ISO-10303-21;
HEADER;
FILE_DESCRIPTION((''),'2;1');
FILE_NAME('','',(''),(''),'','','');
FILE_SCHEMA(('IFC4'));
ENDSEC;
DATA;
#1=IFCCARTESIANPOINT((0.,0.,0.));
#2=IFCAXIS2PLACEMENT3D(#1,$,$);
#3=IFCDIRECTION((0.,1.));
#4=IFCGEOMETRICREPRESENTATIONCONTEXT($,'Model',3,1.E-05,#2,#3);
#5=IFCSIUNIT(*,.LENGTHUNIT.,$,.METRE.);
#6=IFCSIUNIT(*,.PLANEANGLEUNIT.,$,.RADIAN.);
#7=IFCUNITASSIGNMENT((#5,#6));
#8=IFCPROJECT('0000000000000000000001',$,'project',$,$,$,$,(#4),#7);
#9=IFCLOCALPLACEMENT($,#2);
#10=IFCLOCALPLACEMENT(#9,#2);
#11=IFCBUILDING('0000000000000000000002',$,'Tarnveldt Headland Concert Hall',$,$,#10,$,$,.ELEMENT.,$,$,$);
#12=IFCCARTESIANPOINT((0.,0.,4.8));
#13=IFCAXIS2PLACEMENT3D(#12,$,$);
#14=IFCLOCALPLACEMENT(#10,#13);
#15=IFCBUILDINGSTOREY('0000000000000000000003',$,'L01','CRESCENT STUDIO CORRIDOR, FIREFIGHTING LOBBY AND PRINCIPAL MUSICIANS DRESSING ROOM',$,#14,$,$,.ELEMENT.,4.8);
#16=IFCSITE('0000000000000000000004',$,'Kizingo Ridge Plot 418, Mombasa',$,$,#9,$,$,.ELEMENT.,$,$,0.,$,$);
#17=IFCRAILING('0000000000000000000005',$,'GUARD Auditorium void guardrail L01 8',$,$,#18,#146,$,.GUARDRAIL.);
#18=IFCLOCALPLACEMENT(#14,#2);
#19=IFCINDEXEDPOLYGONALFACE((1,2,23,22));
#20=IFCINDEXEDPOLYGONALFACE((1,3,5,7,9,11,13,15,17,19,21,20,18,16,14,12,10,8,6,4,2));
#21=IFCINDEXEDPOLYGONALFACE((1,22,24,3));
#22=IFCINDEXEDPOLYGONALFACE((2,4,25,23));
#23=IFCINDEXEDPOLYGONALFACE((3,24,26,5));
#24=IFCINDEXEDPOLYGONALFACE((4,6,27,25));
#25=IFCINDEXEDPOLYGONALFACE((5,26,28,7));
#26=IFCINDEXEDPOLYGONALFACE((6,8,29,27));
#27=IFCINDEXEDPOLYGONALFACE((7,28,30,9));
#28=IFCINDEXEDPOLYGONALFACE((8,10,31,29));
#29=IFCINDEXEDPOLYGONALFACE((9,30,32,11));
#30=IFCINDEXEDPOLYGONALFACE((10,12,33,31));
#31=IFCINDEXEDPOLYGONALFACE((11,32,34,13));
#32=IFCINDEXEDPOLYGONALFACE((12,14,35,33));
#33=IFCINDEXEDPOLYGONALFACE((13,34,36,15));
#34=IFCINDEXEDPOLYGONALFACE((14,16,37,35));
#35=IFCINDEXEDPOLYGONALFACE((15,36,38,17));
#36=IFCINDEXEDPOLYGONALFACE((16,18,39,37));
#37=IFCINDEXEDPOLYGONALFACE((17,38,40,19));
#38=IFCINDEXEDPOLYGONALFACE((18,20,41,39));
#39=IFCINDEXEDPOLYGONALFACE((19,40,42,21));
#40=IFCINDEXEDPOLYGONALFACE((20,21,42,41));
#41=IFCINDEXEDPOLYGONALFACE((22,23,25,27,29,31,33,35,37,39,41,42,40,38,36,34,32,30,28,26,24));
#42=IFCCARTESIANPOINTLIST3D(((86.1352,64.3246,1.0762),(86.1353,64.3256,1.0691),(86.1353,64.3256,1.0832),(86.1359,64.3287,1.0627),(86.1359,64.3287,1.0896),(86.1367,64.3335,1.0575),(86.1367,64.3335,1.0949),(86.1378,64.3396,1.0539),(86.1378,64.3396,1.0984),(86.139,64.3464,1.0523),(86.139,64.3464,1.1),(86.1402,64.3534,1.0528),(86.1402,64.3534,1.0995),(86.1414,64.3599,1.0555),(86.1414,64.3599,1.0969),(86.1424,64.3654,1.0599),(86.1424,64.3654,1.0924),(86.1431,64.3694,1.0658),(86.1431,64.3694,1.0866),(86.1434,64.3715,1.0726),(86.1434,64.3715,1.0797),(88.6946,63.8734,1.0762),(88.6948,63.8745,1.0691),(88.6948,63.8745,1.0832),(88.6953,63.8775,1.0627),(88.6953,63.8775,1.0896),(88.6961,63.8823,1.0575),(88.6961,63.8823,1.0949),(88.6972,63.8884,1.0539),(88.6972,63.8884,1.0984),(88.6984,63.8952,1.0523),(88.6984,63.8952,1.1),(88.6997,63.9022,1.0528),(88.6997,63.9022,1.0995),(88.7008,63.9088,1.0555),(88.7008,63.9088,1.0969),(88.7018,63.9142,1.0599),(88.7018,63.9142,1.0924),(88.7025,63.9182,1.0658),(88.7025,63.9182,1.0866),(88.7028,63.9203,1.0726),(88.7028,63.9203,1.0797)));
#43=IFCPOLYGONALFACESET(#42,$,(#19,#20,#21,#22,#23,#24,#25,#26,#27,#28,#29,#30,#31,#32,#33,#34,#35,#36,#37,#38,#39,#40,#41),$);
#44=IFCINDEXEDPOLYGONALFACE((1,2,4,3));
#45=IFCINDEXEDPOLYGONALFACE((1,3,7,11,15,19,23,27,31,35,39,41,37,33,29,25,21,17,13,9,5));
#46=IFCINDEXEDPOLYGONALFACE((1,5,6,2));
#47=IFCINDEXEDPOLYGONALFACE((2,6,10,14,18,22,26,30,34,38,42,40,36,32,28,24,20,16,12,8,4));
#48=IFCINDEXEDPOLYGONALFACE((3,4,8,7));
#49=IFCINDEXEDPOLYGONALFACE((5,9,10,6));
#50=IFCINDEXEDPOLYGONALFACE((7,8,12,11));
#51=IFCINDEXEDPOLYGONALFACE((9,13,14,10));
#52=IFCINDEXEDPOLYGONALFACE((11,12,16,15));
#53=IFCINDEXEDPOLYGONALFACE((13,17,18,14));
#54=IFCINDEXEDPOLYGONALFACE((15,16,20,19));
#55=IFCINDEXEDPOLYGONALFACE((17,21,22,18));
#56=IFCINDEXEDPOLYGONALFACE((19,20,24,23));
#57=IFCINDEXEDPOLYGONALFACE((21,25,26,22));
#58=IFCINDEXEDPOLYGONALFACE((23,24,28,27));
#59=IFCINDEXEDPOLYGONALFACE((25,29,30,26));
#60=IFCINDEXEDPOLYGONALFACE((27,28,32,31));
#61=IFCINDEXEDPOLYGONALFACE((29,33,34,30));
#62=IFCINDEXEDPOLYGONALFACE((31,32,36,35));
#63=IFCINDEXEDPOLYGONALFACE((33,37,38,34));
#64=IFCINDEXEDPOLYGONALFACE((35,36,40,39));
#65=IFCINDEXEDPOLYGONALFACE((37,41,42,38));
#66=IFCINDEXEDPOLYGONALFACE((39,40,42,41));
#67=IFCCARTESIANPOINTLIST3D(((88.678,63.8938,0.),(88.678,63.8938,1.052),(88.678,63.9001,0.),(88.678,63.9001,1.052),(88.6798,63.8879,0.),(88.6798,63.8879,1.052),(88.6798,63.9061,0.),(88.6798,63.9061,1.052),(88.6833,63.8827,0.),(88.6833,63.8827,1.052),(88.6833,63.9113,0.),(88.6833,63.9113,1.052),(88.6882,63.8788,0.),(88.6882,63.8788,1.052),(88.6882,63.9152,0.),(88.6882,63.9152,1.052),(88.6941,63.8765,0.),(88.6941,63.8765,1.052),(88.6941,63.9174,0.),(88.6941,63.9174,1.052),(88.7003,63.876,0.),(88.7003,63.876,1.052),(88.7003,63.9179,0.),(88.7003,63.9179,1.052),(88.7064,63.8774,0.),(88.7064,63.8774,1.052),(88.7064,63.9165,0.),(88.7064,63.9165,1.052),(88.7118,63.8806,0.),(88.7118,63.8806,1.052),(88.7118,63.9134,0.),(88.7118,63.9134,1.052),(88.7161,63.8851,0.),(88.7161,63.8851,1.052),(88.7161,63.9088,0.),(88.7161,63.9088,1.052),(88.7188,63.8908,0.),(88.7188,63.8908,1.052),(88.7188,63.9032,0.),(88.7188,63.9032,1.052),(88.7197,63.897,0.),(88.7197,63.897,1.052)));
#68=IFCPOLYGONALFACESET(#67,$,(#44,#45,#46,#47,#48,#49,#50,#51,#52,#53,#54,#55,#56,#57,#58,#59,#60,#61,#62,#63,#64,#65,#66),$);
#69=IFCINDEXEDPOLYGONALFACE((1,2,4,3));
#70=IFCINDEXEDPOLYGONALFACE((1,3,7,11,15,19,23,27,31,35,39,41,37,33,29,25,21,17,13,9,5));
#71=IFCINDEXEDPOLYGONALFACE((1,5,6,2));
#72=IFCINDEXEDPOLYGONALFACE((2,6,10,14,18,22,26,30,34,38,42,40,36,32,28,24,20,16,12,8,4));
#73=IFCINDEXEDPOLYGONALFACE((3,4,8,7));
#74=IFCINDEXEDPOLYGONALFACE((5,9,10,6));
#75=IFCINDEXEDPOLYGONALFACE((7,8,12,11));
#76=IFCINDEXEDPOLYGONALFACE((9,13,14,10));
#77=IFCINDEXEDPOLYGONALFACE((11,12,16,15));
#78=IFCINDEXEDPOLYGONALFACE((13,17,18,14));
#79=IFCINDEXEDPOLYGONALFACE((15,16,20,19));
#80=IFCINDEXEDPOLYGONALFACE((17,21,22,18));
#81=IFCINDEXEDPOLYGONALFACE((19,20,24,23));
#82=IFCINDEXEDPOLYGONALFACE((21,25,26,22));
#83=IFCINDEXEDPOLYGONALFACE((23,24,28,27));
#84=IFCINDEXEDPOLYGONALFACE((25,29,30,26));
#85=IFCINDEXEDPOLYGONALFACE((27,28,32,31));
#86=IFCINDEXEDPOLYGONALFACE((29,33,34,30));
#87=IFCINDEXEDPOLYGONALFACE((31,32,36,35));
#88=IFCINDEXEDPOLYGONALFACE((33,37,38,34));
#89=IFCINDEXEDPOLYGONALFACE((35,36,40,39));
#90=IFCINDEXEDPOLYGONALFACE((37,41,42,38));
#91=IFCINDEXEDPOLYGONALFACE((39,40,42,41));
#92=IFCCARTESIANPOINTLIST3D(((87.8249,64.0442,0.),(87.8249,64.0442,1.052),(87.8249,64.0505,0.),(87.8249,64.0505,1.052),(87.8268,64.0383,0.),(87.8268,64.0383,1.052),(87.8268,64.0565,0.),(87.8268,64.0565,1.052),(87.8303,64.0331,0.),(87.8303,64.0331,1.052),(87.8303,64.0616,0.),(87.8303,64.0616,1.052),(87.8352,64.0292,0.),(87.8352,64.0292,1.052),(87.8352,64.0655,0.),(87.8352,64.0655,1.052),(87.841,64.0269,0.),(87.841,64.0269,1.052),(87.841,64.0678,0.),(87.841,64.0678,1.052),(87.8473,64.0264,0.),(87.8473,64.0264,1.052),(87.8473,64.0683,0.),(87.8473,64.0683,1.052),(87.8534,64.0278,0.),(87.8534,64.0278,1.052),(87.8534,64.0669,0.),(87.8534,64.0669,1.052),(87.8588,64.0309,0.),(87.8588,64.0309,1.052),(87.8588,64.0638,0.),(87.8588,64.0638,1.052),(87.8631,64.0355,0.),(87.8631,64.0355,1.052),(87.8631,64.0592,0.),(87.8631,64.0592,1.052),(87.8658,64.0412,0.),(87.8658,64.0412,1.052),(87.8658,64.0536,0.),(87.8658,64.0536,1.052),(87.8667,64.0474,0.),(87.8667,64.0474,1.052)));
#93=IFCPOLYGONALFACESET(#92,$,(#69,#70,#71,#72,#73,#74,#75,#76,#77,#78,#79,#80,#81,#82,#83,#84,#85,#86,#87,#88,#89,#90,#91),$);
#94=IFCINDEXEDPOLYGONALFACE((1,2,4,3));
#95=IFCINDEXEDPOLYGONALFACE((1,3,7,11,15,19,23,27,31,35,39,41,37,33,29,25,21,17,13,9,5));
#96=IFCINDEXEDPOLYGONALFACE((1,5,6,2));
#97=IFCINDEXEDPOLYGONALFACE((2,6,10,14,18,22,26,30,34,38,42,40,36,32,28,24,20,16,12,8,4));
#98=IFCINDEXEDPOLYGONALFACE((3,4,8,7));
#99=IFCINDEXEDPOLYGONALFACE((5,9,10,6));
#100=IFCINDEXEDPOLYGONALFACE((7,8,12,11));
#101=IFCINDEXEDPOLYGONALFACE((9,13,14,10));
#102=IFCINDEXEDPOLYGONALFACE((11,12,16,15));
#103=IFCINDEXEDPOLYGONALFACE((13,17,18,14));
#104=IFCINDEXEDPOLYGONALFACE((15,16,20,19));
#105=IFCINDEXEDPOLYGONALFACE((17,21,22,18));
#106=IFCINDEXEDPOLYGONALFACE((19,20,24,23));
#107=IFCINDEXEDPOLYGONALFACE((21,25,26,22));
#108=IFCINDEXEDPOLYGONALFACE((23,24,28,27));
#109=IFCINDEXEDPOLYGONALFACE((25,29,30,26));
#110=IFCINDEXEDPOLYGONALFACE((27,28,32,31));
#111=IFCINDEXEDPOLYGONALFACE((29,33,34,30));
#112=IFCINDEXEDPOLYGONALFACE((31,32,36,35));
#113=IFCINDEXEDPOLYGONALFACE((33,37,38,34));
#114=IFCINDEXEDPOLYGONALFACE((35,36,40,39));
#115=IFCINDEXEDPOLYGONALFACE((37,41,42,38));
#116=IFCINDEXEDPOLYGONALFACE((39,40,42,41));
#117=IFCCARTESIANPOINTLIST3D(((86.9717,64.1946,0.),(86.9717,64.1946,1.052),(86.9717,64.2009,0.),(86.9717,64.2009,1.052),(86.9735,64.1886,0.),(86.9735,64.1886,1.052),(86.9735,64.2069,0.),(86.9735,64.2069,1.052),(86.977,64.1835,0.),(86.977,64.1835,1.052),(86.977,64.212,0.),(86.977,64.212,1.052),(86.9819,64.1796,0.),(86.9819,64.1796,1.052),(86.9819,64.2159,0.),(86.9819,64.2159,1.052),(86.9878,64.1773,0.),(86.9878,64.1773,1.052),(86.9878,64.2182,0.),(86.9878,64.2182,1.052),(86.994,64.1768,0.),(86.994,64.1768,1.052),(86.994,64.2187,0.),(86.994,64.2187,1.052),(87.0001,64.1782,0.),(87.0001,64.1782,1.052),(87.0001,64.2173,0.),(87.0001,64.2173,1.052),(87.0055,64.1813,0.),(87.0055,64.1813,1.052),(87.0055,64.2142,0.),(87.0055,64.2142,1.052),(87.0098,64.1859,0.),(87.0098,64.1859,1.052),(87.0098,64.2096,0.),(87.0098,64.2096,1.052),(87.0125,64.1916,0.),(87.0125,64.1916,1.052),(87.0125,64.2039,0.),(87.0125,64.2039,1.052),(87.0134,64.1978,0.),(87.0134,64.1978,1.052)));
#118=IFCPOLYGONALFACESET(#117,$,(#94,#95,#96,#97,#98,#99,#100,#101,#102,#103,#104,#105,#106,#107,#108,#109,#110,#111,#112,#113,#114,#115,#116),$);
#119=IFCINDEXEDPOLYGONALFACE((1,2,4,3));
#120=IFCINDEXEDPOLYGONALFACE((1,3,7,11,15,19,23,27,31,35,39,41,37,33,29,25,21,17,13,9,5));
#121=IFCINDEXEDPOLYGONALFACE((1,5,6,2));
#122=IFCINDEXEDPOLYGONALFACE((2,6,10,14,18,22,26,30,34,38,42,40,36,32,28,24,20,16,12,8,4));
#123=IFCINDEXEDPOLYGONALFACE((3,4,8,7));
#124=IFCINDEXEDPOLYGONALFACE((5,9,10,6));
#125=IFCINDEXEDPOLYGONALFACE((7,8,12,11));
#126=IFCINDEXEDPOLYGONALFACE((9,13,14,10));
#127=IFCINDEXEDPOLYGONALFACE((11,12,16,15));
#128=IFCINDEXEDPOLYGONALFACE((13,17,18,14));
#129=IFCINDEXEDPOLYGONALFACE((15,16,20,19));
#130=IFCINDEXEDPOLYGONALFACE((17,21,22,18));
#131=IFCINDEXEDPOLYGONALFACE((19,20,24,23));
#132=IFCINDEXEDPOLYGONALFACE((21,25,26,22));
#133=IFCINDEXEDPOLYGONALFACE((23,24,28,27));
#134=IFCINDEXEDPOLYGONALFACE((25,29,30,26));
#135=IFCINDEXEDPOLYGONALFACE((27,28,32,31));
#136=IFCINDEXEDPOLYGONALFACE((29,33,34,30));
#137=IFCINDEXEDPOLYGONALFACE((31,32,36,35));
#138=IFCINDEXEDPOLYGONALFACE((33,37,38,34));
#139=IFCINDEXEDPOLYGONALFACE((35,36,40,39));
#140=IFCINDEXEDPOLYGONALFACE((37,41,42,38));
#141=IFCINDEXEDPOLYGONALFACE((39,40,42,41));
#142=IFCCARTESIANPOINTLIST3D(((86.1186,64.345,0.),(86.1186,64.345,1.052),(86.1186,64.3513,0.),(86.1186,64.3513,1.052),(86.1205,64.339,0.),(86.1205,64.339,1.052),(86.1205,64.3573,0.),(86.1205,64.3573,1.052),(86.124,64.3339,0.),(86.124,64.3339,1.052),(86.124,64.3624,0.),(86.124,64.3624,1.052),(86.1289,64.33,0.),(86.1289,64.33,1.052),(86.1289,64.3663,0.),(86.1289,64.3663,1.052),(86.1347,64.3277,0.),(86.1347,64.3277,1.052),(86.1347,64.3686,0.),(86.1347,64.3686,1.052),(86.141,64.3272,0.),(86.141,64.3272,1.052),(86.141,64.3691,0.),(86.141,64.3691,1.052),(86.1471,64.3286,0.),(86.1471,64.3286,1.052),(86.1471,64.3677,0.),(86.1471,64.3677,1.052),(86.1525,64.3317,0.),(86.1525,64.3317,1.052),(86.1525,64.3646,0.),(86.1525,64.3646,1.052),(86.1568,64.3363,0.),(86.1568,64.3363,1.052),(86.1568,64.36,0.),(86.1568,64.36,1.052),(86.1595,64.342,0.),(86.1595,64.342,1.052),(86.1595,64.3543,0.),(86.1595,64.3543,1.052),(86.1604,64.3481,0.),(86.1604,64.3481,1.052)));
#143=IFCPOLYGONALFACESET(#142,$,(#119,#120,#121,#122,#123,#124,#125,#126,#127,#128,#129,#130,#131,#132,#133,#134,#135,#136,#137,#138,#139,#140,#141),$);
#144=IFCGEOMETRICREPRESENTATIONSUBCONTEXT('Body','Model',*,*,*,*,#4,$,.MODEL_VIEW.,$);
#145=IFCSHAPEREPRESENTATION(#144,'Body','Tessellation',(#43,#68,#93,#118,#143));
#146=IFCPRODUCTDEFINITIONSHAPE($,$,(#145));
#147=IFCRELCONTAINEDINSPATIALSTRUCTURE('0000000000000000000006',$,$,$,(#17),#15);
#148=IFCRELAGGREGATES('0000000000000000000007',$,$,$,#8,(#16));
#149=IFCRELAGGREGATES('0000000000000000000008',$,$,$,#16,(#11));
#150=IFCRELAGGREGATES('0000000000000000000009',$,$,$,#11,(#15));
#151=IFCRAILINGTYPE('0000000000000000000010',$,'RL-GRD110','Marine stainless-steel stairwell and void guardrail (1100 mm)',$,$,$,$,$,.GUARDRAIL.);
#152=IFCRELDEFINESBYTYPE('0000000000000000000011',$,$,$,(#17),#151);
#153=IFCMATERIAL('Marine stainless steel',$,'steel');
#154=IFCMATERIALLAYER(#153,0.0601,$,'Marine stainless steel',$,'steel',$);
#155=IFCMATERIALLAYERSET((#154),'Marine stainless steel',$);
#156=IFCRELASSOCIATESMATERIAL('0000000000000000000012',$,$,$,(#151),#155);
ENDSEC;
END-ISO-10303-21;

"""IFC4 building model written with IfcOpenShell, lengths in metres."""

from ifc_helpers import new_model, si_unit, direction, frame, origin, origin_2d, place, context, subcontext, project, spatial, circle, extrude, material, layer, layer_set, type_object, element, save


model = new_model("IFC4")

# Units and contexts
model_context = context("Model", 3, precision=1e-05, world=origin(), true_north=direction((0.0, 1.0)))
body_context = subcontext(model_context, "Body", "Model", "MODEL_VIEW")
ifc_project = project(units=[si_unit("LENGTHUNIT", "METRE"), si_unit("PLANEANGLEUNIT", "RADIAN")], contexts=[model_context])

# Site, building, storey
site_placement = place(None, origin())
site = spatial("IfcSite", under=ifc_project, at=site_placement, Name="Kizingo Ridge Plot 418, Mombasa", CompositionType="ELEMENT", RefElevation=0.0)
building_placement = place(site_placement, origin())
building = spatial("IfcBuilding", under=site, at=building_placement, Name="Tarnveldt Headland Concert Hall", CompositionType="ELEMENT")
storey_placement = place(building_placement, frame((0.0, 0.0, 4.8)))
storey = spatial("IfcBuildingStorey", under=building, at=storey_placement, Name="L01", Description="CRESCENT STUDIO CORRIDOR, FIREFIGHTING LOBBY AND PRINCIPAL MUSICIANS DRESSING ROOM", CompositionType="ELEMENT", Elevation=4.8)

# Railing
ifc_material_1 = material(Name="Marine stainless steel", Category="steel")
ifc_layer_1 = layer(ifc_material_1, 0.0601, Name="Marine stainless steel", Category="steel")
ifc_layer_set_1 = layer_set([ifc_layer_1], Name="Marine stainless steel")
railing_type = type_object("IfcRailingType", Name="RL-GRD110", Description="Marine stainless-steel stairwell and void guardrail (1100 mm)", PredefinedType="GUARDRAIL", material=ifc_layer_set_1)
railing_1_placement = place(storey_placement, frame((88.6987, 63.897, 0.0)))
element("IfcRailing", 1, at=railing_1_placement, inside=storey, type_object=railing_type, Name="GUARD Auditorium void guardrail L01 8", PredefinedType="GUARDRAIL", context=body_context, shape_type="SweptSolid", body=[
    extrude(circle(Radius=0.0239, at=origin_2d()), frame((0.0, 0.0, 1.0762), z_axis=(-0.984815, 0.173608, 0.0), x_axis=(-0.173608, -0.984815, 0.0)), (0.0, 0.0, 1.0), 2.5989),
    extrude(circle(Radius=0.021, at=origin_2d()), origin(), (0.0, 0.0, 1.0), 1.052),
    extrude(circle(Radius=0.021, at=origin_2d()), frame((-0.853, 0.1504, 0.0)), (0.0, 0.0, 1.0), 1.052),
    extrude(circle(Radius=0.021, at=origin_2d()), frame((-1.7063, 0.3008, 0.0)), (0.0, 0.0, 1.0), 1.052),
    extrude(circle(Radius=0.021, at=origin_2d()), frame((-2.5593, 0.4512, 0.0)), (0.0, 0.0, 1.0), 1.052),
])

save(model, "model.ifc")
